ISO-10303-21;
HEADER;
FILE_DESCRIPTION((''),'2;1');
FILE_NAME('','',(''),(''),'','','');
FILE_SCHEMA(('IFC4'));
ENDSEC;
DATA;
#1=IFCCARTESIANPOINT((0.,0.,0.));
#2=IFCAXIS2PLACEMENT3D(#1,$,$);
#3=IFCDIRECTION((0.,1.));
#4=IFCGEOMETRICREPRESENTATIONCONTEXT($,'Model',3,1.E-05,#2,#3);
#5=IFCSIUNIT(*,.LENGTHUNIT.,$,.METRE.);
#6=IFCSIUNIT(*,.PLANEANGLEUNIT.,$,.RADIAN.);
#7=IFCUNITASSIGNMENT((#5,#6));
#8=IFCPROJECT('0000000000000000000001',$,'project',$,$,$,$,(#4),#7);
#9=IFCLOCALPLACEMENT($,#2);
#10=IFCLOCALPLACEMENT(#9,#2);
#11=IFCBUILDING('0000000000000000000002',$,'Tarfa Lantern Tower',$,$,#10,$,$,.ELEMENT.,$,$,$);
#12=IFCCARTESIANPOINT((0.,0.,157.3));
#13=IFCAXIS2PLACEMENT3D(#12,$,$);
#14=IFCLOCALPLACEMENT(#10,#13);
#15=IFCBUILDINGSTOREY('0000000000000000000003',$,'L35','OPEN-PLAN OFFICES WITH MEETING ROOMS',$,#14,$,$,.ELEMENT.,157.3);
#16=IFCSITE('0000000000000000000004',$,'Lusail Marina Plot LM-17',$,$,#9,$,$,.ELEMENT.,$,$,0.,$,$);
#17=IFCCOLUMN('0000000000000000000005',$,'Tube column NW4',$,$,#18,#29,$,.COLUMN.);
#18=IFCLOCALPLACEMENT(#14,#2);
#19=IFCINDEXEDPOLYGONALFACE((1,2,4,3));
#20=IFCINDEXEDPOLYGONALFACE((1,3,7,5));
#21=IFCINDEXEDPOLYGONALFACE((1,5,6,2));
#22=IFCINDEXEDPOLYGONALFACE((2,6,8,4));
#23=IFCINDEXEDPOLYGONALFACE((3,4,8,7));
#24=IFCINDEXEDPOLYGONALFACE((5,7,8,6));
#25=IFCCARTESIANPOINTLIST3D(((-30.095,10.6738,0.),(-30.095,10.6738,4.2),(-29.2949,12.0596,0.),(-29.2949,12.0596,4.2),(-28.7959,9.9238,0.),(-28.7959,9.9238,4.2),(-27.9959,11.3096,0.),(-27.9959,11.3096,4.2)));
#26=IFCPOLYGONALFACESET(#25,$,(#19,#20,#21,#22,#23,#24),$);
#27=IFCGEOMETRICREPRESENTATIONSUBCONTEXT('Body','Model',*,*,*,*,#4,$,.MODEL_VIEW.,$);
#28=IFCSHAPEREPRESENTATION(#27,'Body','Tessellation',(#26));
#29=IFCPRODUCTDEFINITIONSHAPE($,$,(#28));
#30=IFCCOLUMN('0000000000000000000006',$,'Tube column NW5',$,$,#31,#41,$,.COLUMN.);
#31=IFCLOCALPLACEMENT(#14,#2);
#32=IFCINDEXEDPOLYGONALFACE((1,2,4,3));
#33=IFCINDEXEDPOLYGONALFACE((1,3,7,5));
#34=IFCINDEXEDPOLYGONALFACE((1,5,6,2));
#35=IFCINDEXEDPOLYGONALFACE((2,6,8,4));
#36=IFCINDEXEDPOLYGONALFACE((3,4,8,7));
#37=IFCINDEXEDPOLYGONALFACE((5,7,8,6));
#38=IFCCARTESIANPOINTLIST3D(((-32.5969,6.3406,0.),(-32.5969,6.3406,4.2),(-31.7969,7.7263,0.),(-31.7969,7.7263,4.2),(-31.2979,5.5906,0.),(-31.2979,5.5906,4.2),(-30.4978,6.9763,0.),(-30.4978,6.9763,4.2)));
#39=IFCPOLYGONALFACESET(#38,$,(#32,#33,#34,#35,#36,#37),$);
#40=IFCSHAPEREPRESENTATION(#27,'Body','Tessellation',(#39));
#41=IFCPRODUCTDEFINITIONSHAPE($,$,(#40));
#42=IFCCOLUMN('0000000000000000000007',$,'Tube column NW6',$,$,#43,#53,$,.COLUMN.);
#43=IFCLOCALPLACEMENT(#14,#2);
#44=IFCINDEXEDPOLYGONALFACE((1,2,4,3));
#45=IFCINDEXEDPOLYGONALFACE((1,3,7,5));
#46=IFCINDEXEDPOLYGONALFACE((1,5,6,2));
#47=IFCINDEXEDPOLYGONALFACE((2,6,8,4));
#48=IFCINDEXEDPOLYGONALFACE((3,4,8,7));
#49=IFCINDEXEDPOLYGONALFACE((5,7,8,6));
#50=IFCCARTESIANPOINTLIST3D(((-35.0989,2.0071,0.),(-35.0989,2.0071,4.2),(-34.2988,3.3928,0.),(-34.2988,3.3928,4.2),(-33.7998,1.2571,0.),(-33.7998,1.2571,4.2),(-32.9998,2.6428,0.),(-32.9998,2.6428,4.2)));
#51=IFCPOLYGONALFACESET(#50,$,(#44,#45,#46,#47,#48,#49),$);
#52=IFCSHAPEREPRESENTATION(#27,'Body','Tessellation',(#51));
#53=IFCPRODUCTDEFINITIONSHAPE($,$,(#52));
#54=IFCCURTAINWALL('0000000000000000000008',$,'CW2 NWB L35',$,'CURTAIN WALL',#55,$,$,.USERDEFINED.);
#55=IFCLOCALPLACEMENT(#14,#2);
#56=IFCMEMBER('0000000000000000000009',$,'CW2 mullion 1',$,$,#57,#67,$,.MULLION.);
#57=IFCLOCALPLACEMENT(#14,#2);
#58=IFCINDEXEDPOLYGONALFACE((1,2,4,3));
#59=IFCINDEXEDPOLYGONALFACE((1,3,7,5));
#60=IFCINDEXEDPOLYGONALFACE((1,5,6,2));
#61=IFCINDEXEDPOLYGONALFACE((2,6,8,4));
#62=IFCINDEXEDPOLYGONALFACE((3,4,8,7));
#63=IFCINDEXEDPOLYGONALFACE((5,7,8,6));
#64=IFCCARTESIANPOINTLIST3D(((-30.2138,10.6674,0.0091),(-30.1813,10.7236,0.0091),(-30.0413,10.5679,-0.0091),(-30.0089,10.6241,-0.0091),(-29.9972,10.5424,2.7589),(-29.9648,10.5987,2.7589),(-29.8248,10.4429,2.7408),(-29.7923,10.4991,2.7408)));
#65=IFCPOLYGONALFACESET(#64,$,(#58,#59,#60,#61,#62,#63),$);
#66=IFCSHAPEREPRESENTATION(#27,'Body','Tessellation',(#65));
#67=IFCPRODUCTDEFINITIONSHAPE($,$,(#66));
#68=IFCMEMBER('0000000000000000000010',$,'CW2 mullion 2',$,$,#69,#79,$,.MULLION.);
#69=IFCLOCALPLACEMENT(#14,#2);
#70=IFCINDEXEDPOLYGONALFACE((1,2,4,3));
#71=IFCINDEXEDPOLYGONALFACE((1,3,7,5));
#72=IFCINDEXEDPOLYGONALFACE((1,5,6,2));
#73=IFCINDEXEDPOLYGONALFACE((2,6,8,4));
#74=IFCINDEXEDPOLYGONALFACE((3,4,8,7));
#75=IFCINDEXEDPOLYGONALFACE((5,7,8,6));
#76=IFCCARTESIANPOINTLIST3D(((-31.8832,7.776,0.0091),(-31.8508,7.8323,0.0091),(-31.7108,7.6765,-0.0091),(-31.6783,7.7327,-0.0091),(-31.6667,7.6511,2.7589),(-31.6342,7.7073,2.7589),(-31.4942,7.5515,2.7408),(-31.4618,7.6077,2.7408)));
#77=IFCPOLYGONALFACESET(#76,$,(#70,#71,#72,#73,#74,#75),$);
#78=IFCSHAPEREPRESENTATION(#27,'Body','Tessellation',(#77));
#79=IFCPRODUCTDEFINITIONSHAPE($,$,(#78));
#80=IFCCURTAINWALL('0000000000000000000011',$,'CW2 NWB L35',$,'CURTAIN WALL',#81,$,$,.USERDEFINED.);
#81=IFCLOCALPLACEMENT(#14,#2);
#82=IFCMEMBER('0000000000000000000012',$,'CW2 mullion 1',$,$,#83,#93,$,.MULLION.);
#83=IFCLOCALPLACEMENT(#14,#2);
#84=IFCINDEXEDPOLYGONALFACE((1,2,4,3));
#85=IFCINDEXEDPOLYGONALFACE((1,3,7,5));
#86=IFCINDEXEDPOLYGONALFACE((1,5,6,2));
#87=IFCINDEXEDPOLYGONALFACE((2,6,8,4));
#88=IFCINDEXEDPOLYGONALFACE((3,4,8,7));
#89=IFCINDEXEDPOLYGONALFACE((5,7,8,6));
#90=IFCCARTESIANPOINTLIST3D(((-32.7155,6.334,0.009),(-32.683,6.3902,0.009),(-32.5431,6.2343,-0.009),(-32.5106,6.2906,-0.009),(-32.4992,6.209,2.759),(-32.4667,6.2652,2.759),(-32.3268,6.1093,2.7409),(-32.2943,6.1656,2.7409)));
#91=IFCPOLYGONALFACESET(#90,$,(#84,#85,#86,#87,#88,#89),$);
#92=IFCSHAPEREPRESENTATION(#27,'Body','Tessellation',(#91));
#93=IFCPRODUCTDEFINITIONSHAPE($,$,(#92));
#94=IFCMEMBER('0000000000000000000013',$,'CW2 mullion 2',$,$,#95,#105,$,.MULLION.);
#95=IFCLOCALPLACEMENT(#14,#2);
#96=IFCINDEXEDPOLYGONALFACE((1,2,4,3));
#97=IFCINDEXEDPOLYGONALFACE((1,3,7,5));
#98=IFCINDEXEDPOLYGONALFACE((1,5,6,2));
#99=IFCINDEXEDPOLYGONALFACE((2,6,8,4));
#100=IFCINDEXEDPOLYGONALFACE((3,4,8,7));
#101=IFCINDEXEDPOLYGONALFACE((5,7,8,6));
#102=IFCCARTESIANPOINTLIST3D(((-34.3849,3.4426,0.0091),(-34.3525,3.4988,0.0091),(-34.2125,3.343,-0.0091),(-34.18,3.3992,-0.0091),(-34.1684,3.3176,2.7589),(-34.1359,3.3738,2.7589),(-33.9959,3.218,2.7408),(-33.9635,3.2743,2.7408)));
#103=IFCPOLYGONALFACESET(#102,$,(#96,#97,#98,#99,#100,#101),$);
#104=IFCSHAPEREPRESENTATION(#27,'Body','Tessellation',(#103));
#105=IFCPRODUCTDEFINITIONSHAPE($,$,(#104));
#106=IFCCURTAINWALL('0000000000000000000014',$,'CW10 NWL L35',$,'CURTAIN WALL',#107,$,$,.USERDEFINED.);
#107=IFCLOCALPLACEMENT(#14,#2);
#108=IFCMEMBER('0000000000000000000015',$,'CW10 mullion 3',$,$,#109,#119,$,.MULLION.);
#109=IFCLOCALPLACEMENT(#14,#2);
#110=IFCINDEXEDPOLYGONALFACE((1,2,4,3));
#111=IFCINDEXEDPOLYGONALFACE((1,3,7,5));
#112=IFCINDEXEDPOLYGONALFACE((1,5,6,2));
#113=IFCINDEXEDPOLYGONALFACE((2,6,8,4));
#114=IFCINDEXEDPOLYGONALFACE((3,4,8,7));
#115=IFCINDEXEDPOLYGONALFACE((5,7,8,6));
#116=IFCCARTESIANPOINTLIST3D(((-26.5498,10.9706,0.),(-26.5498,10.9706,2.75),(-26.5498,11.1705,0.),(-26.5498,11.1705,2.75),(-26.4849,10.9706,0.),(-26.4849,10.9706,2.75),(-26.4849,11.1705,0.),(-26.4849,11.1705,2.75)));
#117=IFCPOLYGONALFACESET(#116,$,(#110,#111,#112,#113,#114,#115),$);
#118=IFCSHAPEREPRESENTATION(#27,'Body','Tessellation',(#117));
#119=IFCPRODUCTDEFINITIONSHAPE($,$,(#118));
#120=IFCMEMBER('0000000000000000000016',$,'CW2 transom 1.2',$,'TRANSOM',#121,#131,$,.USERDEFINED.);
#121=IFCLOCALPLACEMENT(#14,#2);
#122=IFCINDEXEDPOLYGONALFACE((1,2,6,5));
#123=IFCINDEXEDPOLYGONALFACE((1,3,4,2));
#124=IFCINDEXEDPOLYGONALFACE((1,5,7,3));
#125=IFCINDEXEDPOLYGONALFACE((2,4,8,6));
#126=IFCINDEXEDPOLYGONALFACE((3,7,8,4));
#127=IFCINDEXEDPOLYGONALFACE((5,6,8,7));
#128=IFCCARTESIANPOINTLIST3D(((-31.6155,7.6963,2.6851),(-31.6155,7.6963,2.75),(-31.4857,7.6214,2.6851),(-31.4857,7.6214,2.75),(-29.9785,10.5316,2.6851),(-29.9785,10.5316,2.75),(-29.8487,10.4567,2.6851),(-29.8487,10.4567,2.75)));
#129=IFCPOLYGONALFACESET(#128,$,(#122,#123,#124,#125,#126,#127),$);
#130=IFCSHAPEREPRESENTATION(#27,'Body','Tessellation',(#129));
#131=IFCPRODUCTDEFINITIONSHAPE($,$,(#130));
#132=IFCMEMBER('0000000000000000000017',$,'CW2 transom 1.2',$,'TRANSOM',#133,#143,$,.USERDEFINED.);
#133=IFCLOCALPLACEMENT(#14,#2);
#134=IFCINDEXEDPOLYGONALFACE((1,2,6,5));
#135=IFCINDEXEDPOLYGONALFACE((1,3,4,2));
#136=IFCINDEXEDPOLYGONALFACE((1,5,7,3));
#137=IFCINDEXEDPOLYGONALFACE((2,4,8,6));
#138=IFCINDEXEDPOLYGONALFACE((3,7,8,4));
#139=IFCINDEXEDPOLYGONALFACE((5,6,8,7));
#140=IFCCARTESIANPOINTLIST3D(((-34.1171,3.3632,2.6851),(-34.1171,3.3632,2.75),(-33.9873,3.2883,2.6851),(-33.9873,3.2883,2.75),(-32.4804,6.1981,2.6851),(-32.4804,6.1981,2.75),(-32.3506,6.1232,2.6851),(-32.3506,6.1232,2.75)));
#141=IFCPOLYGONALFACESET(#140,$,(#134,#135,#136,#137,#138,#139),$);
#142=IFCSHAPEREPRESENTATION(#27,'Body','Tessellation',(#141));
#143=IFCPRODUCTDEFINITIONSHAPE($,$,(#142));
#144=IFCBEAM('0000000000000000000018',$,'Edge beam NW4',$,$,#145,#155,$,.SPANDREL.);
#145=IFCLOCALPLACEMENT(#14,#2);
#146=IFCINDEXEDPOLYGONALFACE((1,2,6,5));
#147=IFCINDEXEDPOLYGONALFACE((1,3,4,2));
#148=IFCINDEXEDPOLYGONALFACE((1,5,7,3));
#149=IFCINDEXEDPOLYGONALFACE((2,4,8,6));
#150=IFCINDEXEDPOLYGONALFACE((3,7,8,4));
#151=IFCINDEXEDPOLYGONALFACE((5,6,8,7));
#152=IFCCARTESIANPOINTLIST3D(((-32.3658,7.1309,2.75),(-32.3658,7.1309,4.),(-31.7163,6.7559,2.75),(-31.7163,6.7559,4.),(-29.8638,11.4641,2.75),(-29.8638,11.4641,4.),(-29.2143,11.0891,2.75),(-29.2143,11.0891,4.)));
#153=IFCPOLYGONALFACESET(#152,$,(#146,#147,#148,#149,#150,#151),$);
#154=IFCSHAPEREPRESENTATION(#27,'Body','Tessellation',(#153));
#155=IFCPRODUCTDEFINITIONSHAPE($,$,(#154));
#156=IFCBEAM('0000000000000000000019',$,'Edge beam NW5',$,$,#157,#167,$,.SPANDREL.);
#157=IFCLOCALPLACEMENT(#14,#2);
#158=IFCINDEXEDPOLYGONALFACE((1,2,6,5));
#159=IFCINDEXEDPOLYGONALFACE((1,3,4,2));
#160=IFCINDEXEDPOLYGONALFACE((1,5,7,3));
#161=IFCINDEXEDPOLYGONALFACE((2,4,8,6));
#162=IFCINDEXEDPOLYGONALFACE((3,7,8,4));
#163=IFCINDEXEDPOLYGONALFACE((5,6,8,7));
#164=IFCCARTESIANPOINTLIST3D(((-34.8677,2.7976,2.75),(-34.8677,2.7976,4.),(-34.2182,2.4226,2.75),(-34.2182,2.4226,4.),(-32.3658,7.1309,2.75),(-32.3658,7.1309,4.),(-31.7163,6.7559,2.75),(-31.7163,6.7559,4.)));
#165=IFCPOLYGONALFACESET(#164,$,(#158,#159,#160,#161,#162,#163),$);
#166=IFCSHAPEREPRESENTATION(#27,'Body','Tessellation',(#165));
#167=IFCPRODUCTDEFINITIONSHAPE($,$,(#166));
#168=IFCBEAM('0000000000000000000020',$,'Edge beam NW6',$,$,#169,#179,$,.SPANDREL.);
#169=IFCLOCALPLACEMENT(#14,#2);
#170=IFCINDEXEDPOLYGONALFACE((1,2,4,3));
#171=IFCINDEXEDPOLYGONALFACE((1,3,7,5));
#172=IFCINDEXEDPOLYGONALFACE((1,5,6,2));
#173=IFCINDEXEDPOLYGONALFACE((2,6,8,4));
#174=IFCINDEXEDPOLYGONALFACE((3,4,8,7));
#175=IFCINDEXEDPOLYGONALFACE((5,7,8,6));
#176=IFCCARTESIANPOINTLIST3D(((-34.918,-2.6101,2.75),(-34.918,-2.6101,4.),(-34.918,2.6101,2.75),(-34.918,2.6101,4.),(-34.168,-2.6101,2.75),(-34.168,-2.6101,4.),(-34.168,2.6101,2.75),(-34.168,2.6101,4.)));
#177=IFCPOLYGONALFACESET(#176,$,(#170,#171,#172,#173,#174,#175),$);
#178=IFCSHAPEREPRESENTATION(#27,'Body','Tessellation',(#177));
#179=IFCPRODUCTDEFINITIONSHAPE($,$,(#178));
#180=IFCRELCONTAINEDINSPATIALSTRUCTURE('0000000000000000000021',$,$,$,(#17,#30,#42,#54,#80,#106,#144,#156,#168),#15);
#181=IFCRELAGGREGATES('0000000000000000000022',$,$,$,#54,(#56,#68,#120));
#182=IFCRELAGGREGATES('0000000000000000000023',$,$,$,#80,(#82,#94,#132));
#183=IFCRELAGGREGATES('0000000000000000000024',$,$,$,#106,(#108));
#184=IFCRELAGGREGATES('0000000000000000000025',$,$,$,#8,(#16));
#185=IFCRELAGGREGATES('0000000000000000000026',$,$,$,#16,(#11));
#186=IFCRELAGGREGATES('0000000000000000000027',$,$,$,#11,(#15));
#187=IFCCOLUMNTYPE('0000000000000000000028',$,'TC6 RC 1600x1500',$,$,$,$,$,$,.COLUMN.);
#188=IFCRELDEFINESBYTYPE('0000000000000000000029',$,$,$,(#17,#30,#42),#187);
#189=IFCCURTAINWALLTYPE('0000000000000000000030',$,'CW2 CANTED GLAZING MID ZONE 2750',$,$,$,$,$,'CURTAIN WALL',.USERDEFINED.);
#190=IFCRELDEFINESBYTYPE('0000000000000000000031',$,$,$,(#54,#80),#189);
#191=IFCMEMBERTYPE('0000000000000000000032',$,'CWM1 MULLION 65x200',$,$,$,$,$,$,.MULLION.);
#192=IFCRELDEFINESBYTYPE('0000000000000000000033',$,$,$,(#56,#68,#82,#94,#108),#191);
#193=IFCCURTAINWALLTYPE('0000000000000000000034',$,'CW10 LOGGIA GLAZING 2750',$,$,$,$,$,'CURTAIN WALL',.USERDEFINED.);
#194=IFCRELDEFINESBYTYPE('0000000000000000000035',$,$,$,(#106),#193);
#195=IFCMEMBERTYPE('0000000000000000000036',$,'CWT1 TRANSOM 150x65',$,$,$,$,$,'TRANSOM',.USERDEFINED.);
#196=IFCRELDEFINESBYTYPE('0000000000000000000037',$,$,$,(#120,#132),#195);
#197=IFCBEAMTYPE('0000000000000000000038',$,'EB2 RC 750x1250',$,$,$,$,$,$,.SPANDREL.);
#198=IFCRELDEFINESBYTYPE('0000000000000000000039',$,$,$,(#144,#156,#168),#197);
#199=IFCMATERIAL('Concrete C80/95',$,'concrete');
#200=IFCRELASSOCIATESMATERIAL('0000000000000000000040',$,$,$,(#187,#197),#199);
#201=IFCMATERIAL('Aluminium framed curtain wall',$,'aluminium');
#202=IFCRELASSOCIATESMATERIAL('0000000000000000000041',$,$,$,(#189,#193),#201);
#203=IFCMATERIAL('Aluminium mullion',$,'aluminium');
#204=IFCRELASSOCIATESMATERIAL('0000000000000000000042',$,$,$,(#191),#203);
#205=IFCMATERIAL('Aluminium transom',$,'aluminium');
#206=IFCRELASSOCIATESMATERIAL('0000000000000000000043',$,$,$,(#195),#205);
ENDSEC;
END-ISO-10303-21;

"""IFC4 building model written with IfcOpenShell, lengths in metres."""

from ifc_helpers import new_model, si_unit, direction, frame, origin, origin_2d, place, context, subcontext, project, spatial, rectangle, extrude, material, material_profile, profile_set, type_object, element, aggregate, save


model = new_model("IFC4")

# Units and contexts
model_context = context("Model", 3, precision=1e-05, world=origin(), true_north=direction((0.0, 1.0)))
body_context = subcontext(model_context, "Body", "Model", "MODEL_VIEW")
ifc_project = project(units=[si_unit("LENGTHUNIT", "METRE"), si_unit("PLANEANGLEUNIT", "RADIAN")], contexts=[model_context])

# Site, building, storey
site_placement = place(None, origin())
site = spatial("IfcSite", under=ifc_project, at=site_placement, Name="Lusail Marina Plot LM-17", CompositionType="ELEMENT", RefElevation=0.0)
building_placement = place(site_placement, origin())
building = spatial("IfcBuilding", under=site, at=building_placement, Name="Tarfa Lantern Tower", CompositionType="ELEMENT")
storey_placement = place(building_placement, frame((0.0, 0.0, 157.3)))
storey = spatial("IfcBuildingStorey", under=building, at=storey_placement, Name="L35", Description="OPEN-PLAN OFFICES WITH MEETING ROOMS", CompositionType="ELEMENT", Elevation=157.3)

# Columns
ifc_material_1 = material(Name="Concrete C80/95", Category="concrete")
ifc_material_profile_1 = material_profile(ifc_material_1, rectangle(XDim=1.6001, YDim=1.5, at=origin_2d()), Name="RC 1600x1500")
ifc_profile_set_1 = profile_set([ifc_material_profile_1], Name="Concrete C80/95")
column_type = type_object("IfcColumnType", Name="TC6 RC 1600x1500", PredefinedType="COLUMN", material=ifc_profile_set_1)
for number, where, z_axis, x_axis, name in (
    (1, (-29.0454, 10.9917, 0.0), (0.0, 0.0, 1.0), (-0.5, -0.866025, 0.0), "Tube column NW4"),
    (2, (-31.5474, 6.6584, 0.0), (0.0, 0.0, 1.0), (-0.5, -0.866025, 0.0), "Tube column NW5"),
    (3, (-34.0493, 2.325, 0.0), (0.0, 0.0, 1.0), (-0.5, -0.866025, 0.0), "Tube column NW6"),
):
    element("IfcColumn", number, at=place(storey_placement, frame(where, z_axis=z_axis, x_axis=x_axis)), inside=storey, type_object=column_type, Name=name, PredefinedType="COLUMN", context=body_context, shape_type="SweptSolid", body=[
        extrude(rectangle(XDim=1.6001, YDim=1.5, at=origin_2d()), origin(), (0.0, 0.0, 1.0), 4.2),
    ])

# Curtain walls, members
ifc_material_2 = material(Name="Aluminium framed curtain wall", Category="aluminium")
curtain_wall_type_1 = type_object("IfcCurtainWallType", Name="CW2 CANTED GLAZING MID ZONE 2750", ElementType="CURTAIN WALL", PredefinedType="USERDEFINED", material=ifc_material_2)
curtain_wall_1_placement = place(storey_placement, origin())
curtain_wall_1 = element("IfcCurtainWall", 4, at=curtain_wall_1_placement, inside=storey, type_object=curtain_wall_type_1, Name="CW2 NWB L35", ObjectType="CURTAIN WALL", PredefinedType="USERDEFINED")
ifc_material_3 = material(Name="Aluminium mullion", Category="aluminium")
ifc_material_profile_2 = material_profile(ifc_material_3, rectangle(XDim=0.0649, YDim=0.2, at=origin_2d()), Name="AL MULLION 65x200")
ifc_profile_set_2 = profile_set([ifc_material_profile_2], Name="Aluminium mullion")
member_type_1 = type_object("IfcMemberType", Name="CWM1 MULLION 65x200", PredefinedType="MULLION", material=ifc_profile_set_2)
member_1_placement = place(storey_placement, frame((-30.1113, 10.6458, 0.0), z_axis=(0.078423, -0.045268, 0.995892), x_axis=(0.49992, 0.866072, 0.0)))
member_1 = element("IfcMember", 5, at=member_1_placement, type_object=member_type_1, Name="CW2 mullion 1", PredefinedType="MULLION", context=body_context, shape_type="SweptSolid", body=[
    extrude(rectangle(XDim=0.0649, YDim=0.2, at=origin_2d()), origin(), (0.0, 0.0, 1.0), 2.7612),
])
member_2_placement = place(storey_placement, frame((-31.7808, 7.7544, 0.0), z_axis=(0.078423, -0.045268, 0.995892), x_axis=(0.49992, 0.866072, 0.0)))
member_2 = element("IfcMember", 6, at=member_2_placement, type_object=member_type_1, Name="CW2 mullion 2", PredefinedType="MULLION", context=body_context, shape_type="SweptSolid", body=[
    extrude(rectangle(XDim=0.0649, YDim=0.2, at=origin_2d()), origin(), (0.0, 0.0, 1.0), 2.7612),
])
curtain_wall_2_placement = place(storey_placement, origin())
curtain_wall_2 = element("IfcCurtainWall", 7, at=curtain_wall_2_placement, inside=storey, type_object=curtain_wall_type_1, Name="CW2 NWB L35", ObjectType="CURTAIN WALL", PredefinedType="USERDEFINED")
member_3_placement = place(storey_placement, frame((-32.613, 6.3123, 0.0), z_axis=(0.078335, -0.045268, 0.995899), x_axis=(0.500343, 0.865827, 0.0)))
member_3 = element("IfcMember", 8, at=member_3_placement, type_object=member_type_1, Name="CW2 mullion 1", PredefinedType="MULLION", context=body_context, shape_type="SweptSolid", body=[
    extrude(rectangle(XDim=0.0649, YDim=0.2, at=origin_2d()), origin(), (0.0, 0.0, 1.0), 2.7612),
])
member_4_placement = place(storey_placement, frame((-34.2825, 3.4209, 0.0), z_axis=(0.078423, -0.045268, 0.995892), x_axis=(0.49992, 0.866072, 0.0)))
member_4 = element("IfcMember", 9, at=member_4_placement, type_object=member_type_1, Name="CW2 mullion 2", PredefinedType="MULLION", context=body_context, shape_type="SweptSolid", body=[
    extrude(rectangle(XDim=0.0649, YDim=0.2, at=origin_2d()), origin(), (0.0, 0.0, 1.0), 2.7612),
])

# Curtain wall, member
curtain_wall_type_2 = type_object("IfcCurtainWallType", Name="CW10 LOGGIA GLAZING 2750", ElementType="CURTAIN WALL", PredefinedType="USERDEFINED", material=ifc_material_2)
curtain_wall_3_placement = place(storey_placement, origin())
curtain_wall_3 = element("IfcCurtainWall", 10, at=curtain_wall_3_placement, inside=storey, type_object=curtain_wall_type_2, Name="CW10 NWL L35", ObjectType="CURTAIN WALL", PredefinedType="USERDEFINED")
member_5_placement = place(storey_placement, frame((-26.5173, 11.0706, 0.0), z_axis=(0.0, 0.0, 1.0), x_axis=(1.0, 0.0, 0.0)))
member_5 = element("IfcMember", 11, at=member_5_placement, type_object=member_type_1, Name="CW10 mullion 3", PredefinedType="MULLION", context=body_context, shape_type="SweptSolid", body=[
    extrude(rectangle(XDim=0.0649, YDim=0.2, at=origin_2d()), origin(), (0.0, 0.0, 1.0), 2.75),
])

# Members
ifc_material_4 = material(Name="Aluminium transom", Category="aluminium")
ifc_material_profile_3 = material_profile(ifc_material_4, rectangle(XDim=0.1499, YDim=0.0649, at=origin_2d()), Name="AL TRANSOM 150x65")
ifc_profile_set_3 = profile_set([ifc_material_profile_3], Name="Aluminium transom")
member_type_2 = type_object("IfcMemberType", Name="CWT1 TRANSOM 150x65", ElementType="TRANSOM", PredefinedType="USERDEFINED", material=ifc_profile_set_3)
member_6_placement = place(storey_placement, frame((-29.9136, 10.4941, 2.7175), z_axis=(-0.500013, -0.866018, 0.0), x_axis=(0.866018, -0.500013, 0.0)))
member_6 = element("IfcMember", 12, at=member_6_placement, type_object=member_type_2, Name="CW2 transom 1.2", ObjectType="TRANSOM", PredefinedType="USERDEFINED", context=body_context, shape_type="SweptSolid", body=[
    extrude(rectangle(XDim=0.1499, YDim=0.0649, at=origin_2d()), origin(), (0.0, 0.0, 1.0), 3.2739),
])
member_7_placement = place(storey_placement, frame((-32.4155, 6.1606, 2.7175), z_axis=(-0.499989, -0.866032, 0.0), x_axis=(0.866032, -0.499989, 0.0)))
member_7 = element("IfcMember", 13, at=member_7_placement, type_object=member_type_2, Name="CW2 transom 1.2", ObjectType="TRANSOM", PredefinedType="USERDEFINED", context=body_context, shape_type="SweptSolid", body=[
    extrude(rectangle(XDim=0.1499, YDim=0.0649, at=origin_2d()), origin(), (0.0, 0.0, 1.0), 3.2734),
])

# Beams
ifc_material_profile_4 = material_profile(ifc_material_1, rectangle(XDim=0.75, YDim=1.25, at=origin_2d()), Name="RC 750x1250")
ifc_profile_set_4 = profile_set([ifc_material_profile_4], Name="Concrete C80/95")
beam_type_1 = type_object("IfcBeamType", Name="EB2 RC 750x1250", PredefinedType="SPANDREL", material=ifc_profile_set_4)
for number, where, z_axis, x_axis, name in (
    (14, (-29.5391, 11.2766, 3.375), (-0.500022, -0.866013, 0.0), (0.866013, -0.500022, 0.0), "Edge beam NW4"),
    (15, (-32.041, 6.9434, 3.375), (-0.500022, -0.866013, 0.0), (0.866013, -0.500022, 0.0), "Edge beam NW5"),
):
    element("IfcBeam", number, at=place(storey_placement, frame(where, z_axis=z_axis, x_axis=x_axis)), inside=storey, type_object=beam_type_1, Name=name, PredefinedType="SPANDREL", context=body_context, shape_type="SweptSolid", body=[
        extrude(rectangle(XDim=0.75, YDim=1.25, at=origin_2d()), origin(), (0.0, 0.0, 1.0), 5.0037),
    ])
beam_1_placement = place(storey_placement, frame((-34.543, 2.6101, 3.375), z_axis=(0.0, -1.0, 0.0), x_axis=(1.0, 0.0, 0.0)))
element("IfcBeam", 16, at=beam_1_placement, inside=storey, type_object=beam_type_1, Name="Edge beam NW6", PredefinedType="SPANDREL", context=body_context, shape_type="SweptSolid", body=[
    extrude(rectangle(XDim=0.75, YDim=1.25, at=origin_2d()), origin(), (0.0, 0.0, 1.0), 5.2202),
])

aggregate(curtain_wall_1, [member_1, member_2, member_6])
aggregate(curtain_wall_2, [member_3, member_4, member_7])
aggregate(curtain_wall_3, [member_5])

save(model, "model.ifc")
